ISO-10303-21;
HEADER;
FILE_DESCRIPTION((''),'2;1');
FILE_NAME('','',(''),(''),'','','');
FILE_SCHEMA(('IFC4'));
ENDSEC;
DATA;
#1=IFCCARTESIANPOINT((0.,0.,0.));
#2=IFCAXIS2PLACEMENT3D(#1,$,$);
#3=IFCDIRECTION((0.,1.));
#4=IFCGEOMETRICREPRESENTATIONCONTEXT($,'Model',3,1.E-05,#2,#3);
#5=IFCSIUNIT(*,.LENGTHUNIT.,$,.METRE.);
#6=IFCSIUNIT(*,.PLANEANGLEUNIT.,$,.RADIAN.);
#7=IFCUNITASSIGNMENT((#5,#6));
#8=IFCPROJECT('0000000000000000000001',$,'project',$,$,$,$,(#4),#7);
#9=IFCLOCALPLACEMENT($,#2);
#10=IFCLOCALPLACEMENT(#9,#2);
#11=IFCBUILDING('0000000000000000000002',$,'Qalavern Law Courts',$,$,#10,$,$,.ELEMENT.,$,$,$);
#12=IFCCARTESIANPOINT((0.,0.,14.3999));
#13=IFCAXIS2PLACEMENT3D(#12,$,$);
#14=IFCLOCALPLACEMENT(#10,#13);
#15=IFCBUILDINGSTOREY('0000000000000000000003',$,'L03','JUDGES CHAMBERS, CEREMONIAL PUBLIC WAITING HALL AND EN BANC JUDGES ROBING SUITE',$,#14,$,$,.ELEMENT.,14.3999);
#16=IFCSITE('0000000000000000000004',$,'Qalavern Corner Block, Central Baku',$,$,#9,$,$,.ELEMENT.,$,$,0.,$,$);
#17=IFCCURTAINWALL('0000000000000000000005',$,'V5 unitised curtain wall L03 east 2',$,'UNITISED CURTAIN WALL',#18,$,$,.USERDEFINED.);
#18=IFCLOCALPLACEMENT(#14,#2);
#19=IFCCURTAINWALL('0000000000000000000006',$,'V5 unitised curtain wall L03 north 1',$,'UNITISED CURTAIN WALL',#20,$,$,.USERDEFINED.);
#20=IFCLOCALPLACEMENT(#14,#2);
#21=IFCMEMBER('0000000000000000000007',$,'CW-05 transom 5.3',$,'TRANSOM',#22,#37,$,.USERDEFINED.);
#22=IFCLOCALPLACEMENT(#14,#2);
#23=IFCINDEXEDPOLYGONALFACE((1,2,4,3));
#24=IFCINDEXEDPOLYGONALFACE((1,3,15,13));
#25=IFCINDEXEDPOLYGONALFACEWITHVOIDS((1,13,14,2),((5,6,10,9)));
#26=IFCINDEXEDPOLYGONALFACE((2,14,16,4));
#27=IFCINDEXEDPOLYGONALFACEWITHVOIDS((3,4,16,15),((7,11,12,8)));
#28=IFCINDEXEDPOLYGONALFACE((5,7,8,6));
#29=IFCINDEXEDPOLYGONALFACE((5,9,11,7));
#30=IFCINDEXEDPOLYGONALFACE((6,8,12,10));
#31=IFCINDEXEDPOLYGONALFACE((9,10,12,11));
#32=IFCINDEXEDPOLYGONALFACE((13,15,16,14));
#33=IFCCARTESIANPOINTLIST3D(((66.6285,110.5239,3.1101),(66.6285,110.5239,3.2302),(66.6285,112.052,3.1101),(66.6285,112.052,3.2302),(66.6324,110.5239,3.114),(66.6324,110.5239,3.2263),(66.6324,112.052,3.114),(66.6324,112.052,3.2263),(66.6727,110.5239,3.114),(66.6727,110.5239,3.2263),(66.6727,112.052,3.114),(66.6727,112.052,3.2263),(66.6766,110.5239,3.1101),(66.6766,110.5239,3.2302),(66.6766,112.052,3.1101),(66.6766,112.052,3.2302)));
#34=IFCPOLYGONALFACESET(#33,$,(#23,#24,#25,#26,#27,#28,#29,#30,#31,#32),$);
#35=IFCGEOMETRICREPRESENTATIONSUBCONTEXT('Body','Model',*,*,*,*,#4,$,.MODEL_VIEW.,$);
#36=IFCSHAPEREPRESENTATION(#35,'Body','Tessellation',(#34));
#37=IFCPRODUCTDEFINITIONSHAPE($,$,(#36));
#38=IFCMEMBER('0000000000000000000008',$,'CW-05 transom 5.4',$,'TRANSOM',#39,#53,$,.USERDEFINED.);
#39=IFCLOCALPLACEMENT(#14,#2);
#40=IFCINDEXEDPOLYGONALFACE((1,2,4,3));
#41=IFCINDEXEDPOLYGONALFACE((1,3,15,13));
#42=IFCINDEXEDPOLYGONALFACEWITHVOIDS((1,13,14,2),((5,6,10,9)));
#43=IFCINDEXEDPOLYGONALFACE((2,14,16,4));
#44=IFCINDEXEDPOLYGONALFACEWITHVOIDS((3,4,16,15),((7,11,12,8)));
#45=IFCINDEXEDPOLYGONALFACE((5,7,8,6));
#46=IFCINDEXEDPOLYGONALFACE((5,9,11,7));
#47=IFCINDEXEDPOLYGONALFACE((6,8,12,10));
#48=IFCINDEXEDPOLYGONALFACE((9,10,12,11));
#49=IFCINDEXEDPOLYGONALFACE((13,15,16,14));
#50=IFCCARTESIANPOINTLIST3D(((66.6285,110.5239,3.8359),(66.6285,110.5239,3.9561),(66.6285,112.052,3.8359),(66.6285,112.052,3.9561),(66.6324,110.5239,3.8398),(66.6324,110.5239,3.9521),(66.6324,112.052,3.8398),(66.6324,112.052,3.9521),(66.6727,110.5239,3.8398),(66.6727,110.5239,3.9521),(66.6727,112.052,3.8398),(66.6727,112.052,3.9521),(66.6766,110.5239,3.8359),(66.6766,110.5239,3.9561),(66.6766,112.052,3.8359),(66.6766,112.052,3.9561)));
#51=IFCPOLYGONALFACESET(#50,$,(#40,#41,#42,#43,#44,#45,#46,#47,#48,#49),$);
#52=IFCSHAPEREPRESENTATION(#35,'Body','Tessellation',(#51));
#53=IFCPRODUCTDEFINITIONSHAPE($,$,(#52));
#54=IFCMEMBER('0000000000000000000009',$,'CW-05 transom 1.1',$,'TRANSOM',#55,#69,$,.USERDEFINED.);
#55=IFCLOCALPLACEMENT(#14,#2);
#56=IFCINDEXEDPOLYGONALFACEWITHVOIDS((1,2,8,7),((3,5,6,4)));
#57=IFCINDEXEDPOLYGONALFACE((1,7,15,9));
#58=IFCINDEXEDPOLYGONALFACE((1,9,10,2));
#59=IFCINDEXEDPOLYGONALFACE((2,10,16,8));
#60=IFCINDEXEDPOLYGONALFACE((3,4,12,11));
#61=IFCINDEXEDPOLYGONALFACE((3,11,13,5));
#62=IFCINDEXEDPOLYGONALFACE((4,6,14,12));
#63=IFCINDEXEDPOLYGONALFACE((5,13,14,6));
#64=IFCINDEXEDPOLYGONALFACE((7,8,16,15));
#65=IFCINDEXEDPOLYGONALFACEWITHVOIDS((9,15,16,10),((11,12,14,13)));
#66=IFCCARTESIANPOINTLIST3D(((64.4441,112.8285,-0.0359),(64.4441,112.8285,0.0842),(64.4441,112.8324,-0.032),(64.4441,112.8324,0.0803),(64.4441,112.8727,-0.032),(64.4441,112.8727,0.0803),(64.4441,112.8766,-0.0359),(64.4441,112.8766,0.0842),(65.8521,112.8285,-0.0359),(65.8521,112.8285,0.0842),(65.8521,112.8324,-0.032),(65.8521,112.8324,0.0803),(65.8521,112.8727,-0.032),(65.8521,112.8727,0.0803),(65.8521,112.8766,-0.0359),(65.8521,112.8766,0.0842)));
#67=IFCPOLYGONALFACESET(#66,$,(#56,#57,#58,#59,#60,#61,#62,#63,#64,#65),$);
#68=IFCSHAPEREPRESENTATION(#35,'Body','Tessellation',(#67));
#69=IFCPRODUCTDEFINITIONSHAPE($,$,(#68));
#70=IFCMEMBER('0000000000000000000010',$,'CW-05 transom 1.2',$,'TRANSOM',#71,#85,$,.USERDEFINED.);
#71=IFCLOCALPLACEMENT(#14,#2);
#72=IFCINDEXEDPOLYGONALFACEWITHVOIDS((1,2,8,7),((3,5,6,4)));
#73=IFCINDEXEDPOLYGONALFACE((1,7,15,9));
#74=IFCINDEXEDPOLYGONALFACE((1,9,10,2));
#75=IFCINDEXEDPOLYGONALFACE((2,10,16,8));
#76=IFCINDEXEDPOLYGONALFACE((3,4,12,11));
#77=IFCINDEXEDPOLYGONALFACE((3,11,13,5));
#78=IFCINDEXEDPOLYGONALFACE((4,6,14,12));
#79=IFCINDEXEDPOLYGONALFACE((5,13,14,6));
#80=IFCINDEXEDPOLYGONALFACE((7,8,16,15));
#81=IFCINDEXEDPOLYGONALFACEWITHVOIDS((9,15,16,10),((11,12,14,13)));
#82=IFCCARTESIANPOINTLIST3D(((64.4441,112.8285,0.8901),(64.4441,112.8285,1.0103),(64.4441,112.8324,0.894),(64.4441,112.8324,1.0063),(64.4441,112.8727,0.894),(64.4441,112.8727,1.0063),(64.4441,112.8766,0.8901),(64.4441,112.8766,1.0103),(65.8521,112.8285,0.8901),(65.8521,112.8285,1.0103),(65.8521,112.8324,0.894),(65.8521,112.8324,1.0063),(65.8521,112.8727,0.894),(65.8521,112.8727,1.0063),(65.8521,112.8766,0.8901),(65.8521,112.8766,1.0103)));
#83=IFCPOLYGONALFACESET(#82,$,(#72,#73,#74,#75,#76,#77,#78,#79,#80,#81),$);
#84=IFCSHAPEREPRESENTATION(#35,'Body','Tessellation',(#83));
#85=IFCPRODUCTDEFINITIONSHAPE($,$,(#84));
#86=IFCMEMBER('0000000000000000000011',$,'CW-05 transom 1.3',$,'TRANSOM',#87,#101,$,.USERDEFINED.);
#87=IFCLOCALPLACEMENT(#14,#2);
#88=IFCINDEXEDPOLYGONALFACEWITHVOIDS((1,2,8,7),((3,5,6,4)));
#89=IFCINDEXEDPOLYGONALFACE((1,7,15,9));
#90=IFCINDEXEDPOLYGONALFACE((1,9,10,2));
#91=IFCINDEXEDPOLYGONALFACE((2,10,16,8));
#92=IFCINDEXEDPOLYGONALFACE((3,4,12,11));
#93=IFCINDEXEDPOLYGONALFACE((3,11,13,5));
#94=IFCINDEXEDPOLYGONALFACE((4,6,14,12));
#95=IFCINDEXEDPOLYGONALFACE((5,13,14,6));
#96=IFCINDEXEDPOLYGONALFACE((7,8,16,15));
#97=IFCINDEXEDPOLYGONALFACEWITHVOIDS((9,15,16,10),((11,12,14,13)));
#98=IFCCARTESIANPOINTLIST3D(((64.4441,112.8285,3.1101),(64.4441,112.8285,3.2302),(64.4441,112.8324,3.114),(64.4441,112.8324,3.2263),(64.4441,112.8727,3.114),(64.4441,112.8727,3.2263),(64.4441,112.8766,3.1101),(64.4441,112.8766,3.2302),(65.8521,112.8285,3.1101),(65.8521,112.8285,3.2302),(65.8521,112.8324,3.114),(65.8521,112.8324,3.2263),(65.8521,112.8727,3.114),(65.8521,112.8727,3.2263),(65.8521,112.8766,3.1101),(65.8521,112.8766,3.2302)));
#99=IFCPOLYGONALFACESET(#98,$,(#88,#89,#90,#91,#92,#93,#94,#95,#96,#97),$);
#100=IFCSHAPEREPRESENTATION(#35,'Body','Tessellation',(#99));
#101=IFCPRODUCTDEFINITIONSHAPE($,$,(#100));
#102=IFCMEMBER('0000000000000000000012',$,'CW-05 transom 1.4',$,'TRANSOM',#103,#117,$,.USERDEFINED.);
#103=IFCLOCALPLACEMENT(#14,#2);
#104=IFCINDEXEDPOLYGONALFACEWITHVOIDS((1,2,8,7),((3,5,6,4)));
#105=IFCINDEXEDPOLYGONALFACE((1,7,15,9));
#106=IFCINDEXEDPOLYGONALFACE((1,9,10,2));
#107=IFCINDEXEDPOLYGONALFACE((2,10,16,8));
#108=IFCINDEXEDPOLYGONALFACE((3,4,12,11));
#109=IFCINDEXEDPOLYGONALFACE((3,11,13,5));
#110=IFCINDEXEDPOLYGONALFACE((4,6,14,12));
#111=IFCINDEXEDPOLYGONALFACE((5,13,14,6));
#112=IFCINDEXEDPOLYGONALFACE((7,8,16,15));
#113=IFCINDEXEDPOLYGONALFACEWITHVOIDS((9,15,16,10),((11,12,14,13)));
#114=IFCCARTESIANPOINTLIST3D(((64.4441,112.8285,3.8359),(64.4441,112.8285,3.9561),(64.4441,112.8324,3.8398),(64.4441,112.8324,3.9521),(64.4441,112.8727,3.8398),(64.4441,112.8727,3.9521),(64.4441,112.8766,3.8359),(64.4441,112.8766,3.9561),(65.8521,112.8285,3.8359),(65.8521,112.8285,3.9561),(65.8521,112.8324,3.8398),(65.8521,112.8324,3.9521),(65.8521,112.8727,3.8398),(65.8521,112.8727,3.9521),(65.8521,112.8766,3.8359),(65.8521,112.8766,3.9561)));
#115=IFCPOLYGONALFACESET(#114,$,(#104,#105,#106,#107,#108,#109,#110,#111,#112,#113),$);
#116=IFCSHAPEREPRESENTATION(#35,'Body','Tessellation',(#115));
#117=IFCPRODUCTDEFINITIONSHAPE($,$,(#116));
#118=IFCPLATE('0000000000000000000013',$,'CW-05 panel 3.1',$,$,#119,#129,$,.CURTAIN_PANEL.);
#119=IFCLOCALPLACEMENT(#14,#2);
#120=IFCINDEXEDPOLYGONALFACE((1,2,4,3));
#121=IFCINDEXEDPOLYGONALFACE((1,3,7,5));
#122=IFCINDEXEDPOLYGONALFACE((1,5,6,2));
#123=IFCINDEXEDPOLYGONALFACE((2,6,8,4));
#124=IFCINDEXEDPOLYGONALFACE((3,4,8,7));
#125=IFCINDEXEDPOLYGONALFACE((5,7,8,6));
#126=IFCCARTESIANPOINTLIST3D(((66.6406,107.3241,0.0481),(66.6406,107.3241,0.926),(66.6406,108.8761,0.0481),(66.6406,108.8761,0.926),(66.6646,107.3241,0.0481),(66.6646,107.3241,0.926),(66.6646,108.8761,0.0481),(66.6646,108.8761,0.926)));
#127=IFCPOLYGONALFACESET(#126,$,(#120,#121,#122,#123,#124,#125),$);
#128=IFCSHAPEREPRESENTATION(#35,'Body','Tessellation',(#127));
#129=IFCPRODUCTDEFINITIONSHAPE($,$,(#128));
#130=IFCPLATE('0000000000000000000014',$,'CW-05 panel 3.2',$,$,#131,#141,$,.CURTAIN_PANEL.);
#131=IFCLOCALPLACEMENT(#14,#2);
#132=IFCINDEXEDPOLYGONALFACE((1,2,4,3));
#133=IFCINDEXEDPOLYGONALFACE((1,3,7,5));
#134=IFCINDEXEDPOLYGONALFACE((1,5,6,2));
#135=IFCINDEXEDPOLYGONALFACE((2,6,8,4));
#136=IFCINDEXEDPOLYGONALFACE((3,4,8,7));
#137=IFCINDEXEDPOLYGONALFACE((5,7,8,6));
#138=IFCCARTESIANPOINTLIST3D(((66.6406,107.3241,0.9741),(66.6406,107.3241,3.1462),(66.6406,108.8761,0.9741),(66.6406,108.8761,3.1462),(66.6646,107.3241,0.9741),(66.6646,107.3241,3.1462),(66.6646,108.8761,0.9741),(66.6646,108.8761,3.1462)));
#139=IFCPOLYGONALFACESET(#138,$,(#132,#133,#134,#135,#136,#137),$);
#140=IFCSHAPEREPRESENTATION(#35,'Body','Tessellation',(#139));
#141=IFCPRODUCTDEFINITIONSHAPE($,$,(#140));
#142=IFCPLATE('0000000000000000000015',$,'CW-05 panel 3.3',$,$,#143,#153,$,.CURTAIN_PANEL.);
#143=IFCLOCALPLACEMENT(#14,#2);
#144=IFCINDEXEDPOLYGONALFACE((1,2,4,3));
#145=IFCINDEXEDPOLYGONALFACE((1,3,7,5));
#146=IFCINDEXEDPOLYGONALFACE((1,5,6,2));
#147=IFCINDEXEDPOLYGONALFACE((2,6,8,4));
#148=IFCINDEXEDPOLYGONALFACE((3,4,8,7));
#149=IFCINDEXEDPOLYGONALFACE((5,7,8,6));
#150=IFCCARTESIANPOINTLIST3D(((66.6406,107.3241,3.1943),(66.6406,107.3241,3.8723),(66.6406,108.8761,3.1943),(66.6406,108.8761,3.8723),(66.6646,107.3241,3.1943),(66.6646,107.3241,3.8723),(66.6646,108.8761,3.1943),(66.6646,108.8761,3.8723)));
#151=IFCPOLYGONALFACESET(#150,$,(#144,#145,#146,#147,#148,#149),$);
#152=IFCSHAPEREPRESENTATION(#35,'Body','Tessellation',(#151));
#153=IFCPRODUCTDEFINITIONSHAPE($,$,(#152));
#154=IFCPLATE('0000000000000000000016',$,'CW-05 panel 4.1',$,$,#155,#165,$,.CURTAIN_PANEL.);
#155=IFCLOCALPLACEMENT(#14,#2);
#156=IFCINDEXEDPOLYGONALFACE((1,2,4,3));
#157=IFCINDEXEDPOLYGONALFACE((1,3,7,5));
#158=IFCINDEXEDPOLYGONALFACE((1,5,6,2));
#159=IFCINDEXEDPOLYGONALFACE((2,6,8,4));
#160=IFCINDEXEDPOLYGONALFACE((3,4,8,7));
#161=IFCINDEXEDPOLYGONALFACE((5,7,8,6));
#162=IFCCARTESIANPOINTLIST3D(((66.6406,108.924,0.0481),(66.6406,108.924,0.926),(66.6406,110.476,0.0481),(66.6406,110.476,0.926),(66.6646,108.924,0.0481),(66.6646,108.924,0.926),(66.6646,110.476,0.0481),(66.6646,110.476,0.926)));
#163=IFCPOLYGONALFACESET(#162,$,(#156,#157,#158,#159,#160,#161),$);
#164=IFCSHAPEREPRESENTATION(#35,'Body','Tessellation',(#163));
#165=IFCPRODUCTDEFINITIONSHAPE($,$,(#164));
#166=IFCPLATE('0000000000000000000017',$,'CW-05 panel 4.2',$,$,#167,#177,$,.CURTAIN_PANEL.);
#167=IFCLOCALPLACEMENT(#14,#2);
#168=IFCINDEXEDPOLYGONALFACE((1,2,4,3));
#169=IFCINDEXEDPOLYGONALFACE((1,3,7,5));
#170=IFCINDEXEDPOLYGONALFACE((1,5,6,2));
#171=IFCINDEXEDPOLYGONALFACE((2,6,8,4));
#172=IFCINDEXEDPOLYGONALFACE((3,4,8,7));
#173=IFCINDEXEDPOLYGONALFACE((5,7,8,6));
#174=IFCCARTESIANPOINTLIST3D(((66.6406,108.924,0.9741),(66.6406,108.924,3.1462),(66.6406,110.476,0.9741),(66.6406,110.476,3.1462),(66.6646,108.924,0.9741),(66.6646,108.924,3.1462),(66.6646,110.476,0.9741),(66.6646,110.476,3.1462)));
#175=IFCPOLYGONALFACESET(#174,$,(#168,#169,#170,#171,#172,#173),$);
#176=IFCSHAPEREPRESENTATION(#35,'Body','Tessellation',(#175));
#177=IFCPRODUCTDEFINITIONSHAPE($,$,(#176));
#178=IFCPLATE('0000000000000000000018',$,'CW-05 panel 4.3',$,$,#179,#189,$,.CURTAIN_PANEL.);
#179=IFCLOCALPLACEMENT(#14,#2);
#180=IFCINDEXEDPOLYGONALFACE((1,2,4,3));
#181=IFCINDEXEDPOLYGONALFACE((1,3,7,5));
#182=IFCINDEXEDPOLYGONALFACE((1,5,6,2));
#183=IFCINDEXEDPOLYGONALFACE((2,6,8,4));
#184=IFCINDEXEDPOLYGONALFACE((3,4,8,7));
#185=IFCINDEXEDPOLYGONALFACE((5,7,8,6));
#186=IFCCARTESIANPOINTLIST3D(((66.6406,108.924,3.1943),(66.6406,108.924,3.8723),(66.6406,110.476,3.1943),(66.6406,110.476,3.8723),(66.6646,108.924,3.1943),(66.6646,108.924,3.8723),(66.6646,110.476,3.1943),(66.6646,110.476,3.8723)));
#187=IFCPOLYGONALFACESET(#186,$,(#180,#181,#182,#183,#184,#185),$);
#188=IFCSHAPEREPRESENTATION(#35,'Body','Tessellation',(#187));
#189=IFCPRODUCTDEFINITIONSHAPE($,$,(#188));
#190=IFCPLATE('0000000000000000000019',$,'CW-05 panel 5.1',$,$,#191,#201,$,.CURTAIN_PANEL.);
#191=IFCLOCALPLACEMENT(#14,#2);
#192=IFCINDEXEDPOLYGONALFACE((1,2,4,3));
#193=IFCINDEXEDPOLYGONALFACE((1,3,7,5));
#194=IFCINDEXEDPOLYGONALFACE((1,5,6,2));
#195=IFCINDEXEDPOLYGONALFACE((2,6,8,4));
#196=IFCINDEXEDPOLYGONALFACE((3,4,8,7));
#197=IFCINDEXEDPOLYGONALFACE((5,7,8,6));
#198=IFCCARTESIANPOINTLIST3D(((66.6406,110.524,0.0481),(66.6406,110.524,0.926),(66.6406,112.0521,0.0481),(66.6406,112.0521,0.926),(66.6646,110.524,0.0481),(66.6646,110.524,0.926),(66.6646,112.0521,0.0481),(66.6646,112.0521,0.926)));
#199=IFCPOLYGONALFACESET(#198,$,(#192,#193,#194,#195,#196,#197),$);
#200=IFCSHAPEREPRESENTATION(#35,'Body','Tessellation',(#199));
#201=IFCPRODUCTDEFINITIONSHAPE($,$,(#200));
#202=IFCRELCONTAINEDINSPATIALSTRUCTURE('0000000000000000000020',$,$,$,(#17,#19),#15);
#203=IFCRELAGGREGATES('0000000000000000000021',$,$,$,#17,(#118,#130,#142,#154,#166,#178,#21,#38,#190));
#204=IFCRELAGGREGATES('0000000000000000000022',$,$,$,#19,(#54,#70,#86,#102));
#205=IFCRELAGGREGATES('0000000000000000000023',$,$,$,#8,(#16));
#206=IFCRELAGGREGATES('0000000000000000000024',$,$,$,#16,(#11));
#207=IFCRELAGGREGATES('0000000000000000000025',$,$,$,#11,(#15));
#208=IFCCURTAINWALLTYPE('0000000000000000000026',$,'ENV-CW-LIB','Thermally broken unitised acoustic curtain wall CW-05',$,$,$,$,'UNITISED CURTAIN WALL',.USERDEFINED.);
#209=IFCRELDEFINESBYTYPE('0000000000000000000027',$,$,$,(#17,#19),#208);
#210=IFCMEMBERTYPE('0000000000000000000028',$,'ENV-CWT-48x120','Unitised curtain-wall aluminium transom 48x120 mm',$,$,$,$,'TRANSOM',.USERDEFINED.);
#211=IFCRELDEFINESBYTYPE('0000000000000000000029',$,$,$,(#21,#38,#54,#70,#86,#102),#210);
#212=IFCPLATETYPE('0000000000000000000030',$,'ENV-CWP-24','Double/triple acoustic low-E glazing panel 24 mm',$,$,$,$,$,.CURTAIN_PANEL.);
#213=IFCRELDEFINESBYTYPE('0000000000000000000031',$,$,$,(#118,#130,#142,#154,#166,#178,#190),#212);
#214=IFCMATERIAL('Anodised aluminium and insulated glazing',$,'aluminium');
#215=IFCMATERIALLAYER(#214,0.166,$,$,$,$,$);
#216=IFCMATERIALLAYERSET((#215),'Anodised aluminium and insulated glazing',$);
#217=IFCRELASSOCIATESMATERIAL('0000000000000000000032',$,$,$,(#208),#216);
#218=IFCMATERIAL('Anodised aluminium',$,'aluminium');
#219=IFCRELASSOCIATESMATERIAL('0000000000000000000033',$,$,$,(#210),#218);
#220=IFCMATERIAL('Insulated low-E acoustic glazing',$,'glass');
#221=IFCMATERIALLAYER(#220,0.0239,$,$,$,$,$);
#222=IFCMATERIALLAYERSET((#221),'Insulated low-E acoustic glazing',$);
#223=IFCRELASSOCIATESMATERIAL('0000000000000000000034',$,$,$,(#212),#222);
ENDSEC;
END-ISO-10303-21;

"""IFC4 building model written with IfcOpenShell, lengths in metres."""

from ifc_helpers import new_model, si_unit, direction, frame, origin, origin_2d, place, context, subcontext, project, spatial, rectangle, hollow_rectangle, extrude, material, layer, layer_set, material_profile, profile_set, type_object, element, aggregate, save


model = new_model("IFC4")

# Units and contexts
model_context = context("Model", 3, precision=1e-05, world=origin(), true_north=direction((0.0, 1.0)))
body_context = subcontext(model_context, "Body", "Model", "MODEL_VIEW")
ifc_project = project(units=[si_unit("LENGTHUNIT", "METRE"), si_unit("PLANEANGLEUNIT", "RADIAN")], contexts=[model_context])

# Site, building, storey
site_placement = place(None, origin())
site = spatial("IfcSite", under=ifc_project, at=site_placement, Name="Qalavern Corner Block, Central Baku", CompositionType="ELEMENT", RefElevation=0.0)
building_placement = place(site_placement, origin())
building = spatial("IfcBuilding", under=site, at=building_placement, Name="Qalavern Law Courts", CompositionType="ELEMENT")
storey_placement = place(building_placement, frame((0.0, 0.0, 14.3999)))
storey = spatial("IfcBuildingStorey", under=building, at=storey_placement, Name="L03", Description="JUDGES CHAMBERS, CEREMONIAL PUBLIC WAITING HALL AND EN BANC JUDGES ROBING SUITE", CompositionType="ELEMENT", Elevation=14.3999)

# Curtain wall
ifc_material_1 = material(Name="Anodised aluminium and insulated glazing", Category="aluminium")
ifc_layer_1 = layer(ifc_material_1, 0.166)
ifc_layer_set_1 = layer_set([ifc_layer_1], Name="Anodised aluminium and insulated glazing")
curtain_wall_type = type_object("IfcCurtainWallType", Name="ENV-CW-LIB", Description="Thermally broken unitised acoustic curtain wall CW-05", ElementType="UNITISED CURTAIN WALL", PredefinedType="USERDEFINED", material=ifc_layer_set_1)
curtain_wall_1_placement = place(storey_placement, origin())
curtain_wall_1 = element("IfcCurtainWall", 1, at=curtain_wall_1_placement, inside=storey, type_object=curtain_wall_type, Name="V5 unitised curtain wall L03 east 2", ObjectType="UNITISED CURTAIN WALL", PredefinedType="USERDEFINED")
ifc_material_2 = material(Name="Anodised aluminium", Category="aluminium")

# Curtain wall
curtain_wall_2_placement = place(storey_placement, origin())
curtain_wall_2 = element("IfcCurtainWall", 2, at=curtain_wall_2_placement, inside=storey, type_object=curtain_wall_type, Name="V5 unitised curtain wall L03 north 1", ObjectType="UNITISED CURTAIN WALL", PredefinedType="USERDEFINED")

# Members
ifc_material_profile_1 = material_profile(ifc_material_2, hollow_rectangle(XDim=0.0481, YDim=0.1201, WallThickness=0.0039, at=origin_2d()), Name="ALU TRANSOM 48x120")
ifc_profile_set_1 = profile_set([ifc_material_profile_1], Name="Anodised aluminium")
member_type_1 = type_object("IfcMemberType", Name="ENV-CWT-48x120", Description="Unitised curtain-wall aluminium transom 48x120 mm", ElementType="TRANSOM", PredefinedType="USERDEFINED", material=ifc_profile_set_1)
member_1_placement = place(storey_placement, frame((66.6526, 110.5239, 3.1702), z_axis=(0.0, 1.0, 0.0), x_axis=(-1.0, 0.0, 0.0)))
member_1 = element("IfcMember", 3, at=member_1_placement, type_object=member_type_1, Name="CW-05 transom 5.3", ObjectType="TRANSOM", PredefinedType="USERDEFINED", context=body_context, shape_type="SweptSolid", body=[
    extrude(hollow_rectangle(XDim=0.0481, YDim=0.1201, WallThickness=0.0039, at=origin_2d()), origin(), (0.0, 0.0, 1.0), 1.5281),
])
member_2_placement = place(storey_placement, frame((66.6526, 110.5239, 3.896), z_axis=(0.0, 1.0, 0.0), x_axis=(-1.0, 0.0, 0.0)))
member_2 = element("IfcMember", 4, at=member_2_placement, type_object=member_type_1, Name="CW-05 transom 5.4", ObjectType="TRANSOM", PredefinedType="USERDEFINED", context=body_context, shape_type="SweptSolid", body=[
    extrude(hollow_rectangle(XDim=0.0481, YDim=0.1201, WallThickness=0.0039, at=origin_2d()), origin(), (0.0, 0.0, 1.0), 1.5281),
])
member_3_placement = place(storey_placement, frame((65.8521, 112.8525, 0.0242), z_axis=(-1.0, 0.0, 0.0), x_axis=(0.0, -1.0, 0.0)))
member_3 = element("IfcMember", 5, at=member_3_placement, type_object=member_type_1, Name="CW-05 transom 1.1", ObjectType="TRANSOM", PredefinedType="USERDEFINED", context=body_context, shape_type="SweptSolid", body=[
    extrude(hollow_rectangle(XDim=0.0481, YDim=0.1201, WallThickness=0.0039, at=origin_2d()), origin(), (0.0, 0.0, 1.0), 1.408),
])
member_4_placement = place(storey_placement, frame((65.8521, 112.8525, 0.9502), z_axis=(-1.0, 0.0, 0.0), x_axis=(0.0, -1.0, 0.0)))
member_4 = element("IfcMember", 6, at=member_4_placement, type_object=member_type_1, Name="CW-05 transom 1.2", ObjectType="TRANSOM", PredefinedType="USERDEFINED", context=body_context, shape_type="SweptSolid", body=[
    extrude(hollow_rectangle(XDim=0.0481, YDim=0.1201, WallThickness=0.0039, at=origin_2d()), origin(), (0.0, 0.0, 1.0), 1.408),
])
member_5_placement = place(storey_placement, frame((65.8521, 112.8525, 3.1702), z_axis=(-1.0, 0.0, 0.0), x_axis=(0.0, -1.0, 0.0)))
member_5 = element("IfcMember", 7, at=member_5_placement, type_object=member_type_1, Name="CW-05 transom 1.3", ObjectType="TRANSOM", PredefinedType="USERDEFINED", context=body_context, shape_type="SweptSolid", body=[
    extrude(hollow_rectangle(XDim=0.0481, YDim=0.1201, WallThickness=0.0039, at=origin_2d()), origin(), (0.0, 0.0, 1.0), 1.408),
])
member_6_placement = place(storey_placement, frame((65.8521, 112.8525, 3.896), z_axis=(-1.0, 0.0, 0.0), x_axis=(0.0, -1.0, 0.0)))
member_6 = element("IfcMember", 8, at=member_6_placement, type_object=member_type_1, Name="CW-05 transom 1.4", ObjectType="TRANSOM", PredefinedType="USERDEFINED", context=body_context, shape_type="SweptSolid", body=[
    extrude(hollow_rectangle(XDim=0.0481, YDim=0.1201, WallThickness=0.0039, at=origin_2d()), origin(), (0.0, 0.0, 1.0), 1.408),
])

# Plates
ifc_material_3 = material(Name="Insulated low-E acoustic glazing", Category="glass")
ifc_layer_2 = layer(ifc_material_3, 0.0239)
ifc_layer_set_2 = layer_set([ifc_layer_2], Name="Insulated low-E acoustic glazing")
plate_type_1 = type_object("IfcPlateType", Name="ENV-CWP-24", Description="Double/triple acoustic low-E glazing panel 24 mm", PredefinedType="CURTAIN_PANEL", material=ifc_layer_set_2)
plate_1_placement = place(storey_placement, frame((66.6526, 108.1001, 0.0481), z_axis=(0.0, 0.0, 1.0), x_axis=(0.0, 1.0, 0.0)))
plate_1 = element("IfcPlate", 9, at=plate_1_placement, type_object=plate_type_1, Name="CW-05 panel 3.1", PredefinedType="CURTAIN_PANEL", context=body_context, shape_type="SweptSolid", body=[
    extrude(rectangle(XDim=1.552, YDim=0.0239, at=origin_2d()), origin(), (0.0, 0.0, 1.0), 0.8779),
])
plate_2_placement = place(storey_placement, frame((66.6526, 108.1001, 0.9741), z_axis=(0.0, 0.0, 1.0), x_axis=(0.0, 1.0, 0.0)))
plate_2 = element("IfcPlate", 10, at=plate_2_placement, type_object=plate_type_1, Name="CW-05 panel 3.2", PredefinedType="CURTAIN_PANEL", context=body_context, shape_type="SweptSolid", body=[
    extrude(rectangle(XDim=1.552, YDim=0.0239, at=origin_2d()), origin(), (0.0, 0.0, 1.0), 2.1721),
])
plate_3_placement = place(storey_placement, frame((66.6526, 108.1001, 3.1943), z_axis=(0.0, 0.0, 1.0), x_axis=(0.0, 1.0, 0.0)))
plate_3 = element("IfcPlate", 11, at=plate_3_placement, type_object=plate_type_1, Name="CW-05 panel 3.3", PredefinedType="CURTAIN_PANEL", context=body_context, shape_type="SweptSolid", body=[
    extrude(rectangle(XDim=1.552, YDim=0.0239, at=origin_2d()), origin(), (0.0, 0.0, 1.0), 0.678),
])
plate_4_placement = place(storey_placement, frame((66.6526, 109.7, 0.0481), z_axis=(0.0, 0.0, 1.0), x_axis=(0.0, 1.0, 0.0)))
plate_4 = element("IfcPlate", 12, at=plate_4_placement, type_object=plate_type_1, Name="CW-05 panel 4.1", PredefinedType="CURTAIN_PANEL", context=body_context, shape_type="SweptSolid", body=[
    extrude(rectangle(XDim=1.552, YDim=0.0239, at=origin_2d()), origin(), (0.0, 0.0, 1.0), 0.8779),
])
plate_5_placement = place(storey_placement, frame((66.6526, 109.7, 0.9741), z_axis=(0.0, 0.0, 1.0), x_axis=(0.0, 1.0, 0.0)))
plate_5 = element("IfcPlate", 13, at=plate_5_placement, type_object=plate_type_1, Name="CW-05 panel 4.2", PredefinedType="CURTAIN_PANEL", context=body_context, shape_type="SweptSolid", body=[
    extrude(rectangle(XDim=1.552, YDim=0.0239, at=origin_2d()), origin(), (0.0, 0.0, 1.0), 2.1721),
])
plate_6_placement = place(storey_placement, frame((66.6526, 109.7, 3.1943), z_axis=(0.0, 0.0, 1.0), x_axis=(0.0, 1.0, 0.0)))
plate_6 = element("IfcPlate", 14, at=plate_6_placement, type_object=plate_type_1, Name="CW-05 panel 4.3", PredefinedType="CURTAIN_PANEL", context=body_context, shape_type="SweptSolid", body=[
    extrude(rectangle(XDim=1.552, YDim=0.0239, at=origin_2d()), origin(), (0.0, 0.0, 1.0), 0.678),
])
plate_7_placement = place(storey_placement, frame((66.6526, 111.2881, 0.0481), z_axis=(0.0, 0.0, 1.0), x_axis=(0.0, 1.0, 0.0)))
plate_7 = element("IfcPlate", 15, at=plate_7_placement, type_object=plate_type_1, Name="CW-05 panel 5.1", PredefinedType="CURTAIN_PANEL", context=body_context, shape_type="SweptSolid", body=[
    extrude(rectangle(XDim=1.5281, YDim=0.0239, at=origin_2d()), origin(), (0.0, 0.0, 1.0), 0.8779),
])
aggregate(curtain_wall_1, [plate_1, plate_2, plate_3, plate_4, plate_5, plate_6, member_1, member_2, plate_7])
aggregate(curtain_wall_2, [member_3, member_4, member_5, member_6])

save(model, "model.ifc")
